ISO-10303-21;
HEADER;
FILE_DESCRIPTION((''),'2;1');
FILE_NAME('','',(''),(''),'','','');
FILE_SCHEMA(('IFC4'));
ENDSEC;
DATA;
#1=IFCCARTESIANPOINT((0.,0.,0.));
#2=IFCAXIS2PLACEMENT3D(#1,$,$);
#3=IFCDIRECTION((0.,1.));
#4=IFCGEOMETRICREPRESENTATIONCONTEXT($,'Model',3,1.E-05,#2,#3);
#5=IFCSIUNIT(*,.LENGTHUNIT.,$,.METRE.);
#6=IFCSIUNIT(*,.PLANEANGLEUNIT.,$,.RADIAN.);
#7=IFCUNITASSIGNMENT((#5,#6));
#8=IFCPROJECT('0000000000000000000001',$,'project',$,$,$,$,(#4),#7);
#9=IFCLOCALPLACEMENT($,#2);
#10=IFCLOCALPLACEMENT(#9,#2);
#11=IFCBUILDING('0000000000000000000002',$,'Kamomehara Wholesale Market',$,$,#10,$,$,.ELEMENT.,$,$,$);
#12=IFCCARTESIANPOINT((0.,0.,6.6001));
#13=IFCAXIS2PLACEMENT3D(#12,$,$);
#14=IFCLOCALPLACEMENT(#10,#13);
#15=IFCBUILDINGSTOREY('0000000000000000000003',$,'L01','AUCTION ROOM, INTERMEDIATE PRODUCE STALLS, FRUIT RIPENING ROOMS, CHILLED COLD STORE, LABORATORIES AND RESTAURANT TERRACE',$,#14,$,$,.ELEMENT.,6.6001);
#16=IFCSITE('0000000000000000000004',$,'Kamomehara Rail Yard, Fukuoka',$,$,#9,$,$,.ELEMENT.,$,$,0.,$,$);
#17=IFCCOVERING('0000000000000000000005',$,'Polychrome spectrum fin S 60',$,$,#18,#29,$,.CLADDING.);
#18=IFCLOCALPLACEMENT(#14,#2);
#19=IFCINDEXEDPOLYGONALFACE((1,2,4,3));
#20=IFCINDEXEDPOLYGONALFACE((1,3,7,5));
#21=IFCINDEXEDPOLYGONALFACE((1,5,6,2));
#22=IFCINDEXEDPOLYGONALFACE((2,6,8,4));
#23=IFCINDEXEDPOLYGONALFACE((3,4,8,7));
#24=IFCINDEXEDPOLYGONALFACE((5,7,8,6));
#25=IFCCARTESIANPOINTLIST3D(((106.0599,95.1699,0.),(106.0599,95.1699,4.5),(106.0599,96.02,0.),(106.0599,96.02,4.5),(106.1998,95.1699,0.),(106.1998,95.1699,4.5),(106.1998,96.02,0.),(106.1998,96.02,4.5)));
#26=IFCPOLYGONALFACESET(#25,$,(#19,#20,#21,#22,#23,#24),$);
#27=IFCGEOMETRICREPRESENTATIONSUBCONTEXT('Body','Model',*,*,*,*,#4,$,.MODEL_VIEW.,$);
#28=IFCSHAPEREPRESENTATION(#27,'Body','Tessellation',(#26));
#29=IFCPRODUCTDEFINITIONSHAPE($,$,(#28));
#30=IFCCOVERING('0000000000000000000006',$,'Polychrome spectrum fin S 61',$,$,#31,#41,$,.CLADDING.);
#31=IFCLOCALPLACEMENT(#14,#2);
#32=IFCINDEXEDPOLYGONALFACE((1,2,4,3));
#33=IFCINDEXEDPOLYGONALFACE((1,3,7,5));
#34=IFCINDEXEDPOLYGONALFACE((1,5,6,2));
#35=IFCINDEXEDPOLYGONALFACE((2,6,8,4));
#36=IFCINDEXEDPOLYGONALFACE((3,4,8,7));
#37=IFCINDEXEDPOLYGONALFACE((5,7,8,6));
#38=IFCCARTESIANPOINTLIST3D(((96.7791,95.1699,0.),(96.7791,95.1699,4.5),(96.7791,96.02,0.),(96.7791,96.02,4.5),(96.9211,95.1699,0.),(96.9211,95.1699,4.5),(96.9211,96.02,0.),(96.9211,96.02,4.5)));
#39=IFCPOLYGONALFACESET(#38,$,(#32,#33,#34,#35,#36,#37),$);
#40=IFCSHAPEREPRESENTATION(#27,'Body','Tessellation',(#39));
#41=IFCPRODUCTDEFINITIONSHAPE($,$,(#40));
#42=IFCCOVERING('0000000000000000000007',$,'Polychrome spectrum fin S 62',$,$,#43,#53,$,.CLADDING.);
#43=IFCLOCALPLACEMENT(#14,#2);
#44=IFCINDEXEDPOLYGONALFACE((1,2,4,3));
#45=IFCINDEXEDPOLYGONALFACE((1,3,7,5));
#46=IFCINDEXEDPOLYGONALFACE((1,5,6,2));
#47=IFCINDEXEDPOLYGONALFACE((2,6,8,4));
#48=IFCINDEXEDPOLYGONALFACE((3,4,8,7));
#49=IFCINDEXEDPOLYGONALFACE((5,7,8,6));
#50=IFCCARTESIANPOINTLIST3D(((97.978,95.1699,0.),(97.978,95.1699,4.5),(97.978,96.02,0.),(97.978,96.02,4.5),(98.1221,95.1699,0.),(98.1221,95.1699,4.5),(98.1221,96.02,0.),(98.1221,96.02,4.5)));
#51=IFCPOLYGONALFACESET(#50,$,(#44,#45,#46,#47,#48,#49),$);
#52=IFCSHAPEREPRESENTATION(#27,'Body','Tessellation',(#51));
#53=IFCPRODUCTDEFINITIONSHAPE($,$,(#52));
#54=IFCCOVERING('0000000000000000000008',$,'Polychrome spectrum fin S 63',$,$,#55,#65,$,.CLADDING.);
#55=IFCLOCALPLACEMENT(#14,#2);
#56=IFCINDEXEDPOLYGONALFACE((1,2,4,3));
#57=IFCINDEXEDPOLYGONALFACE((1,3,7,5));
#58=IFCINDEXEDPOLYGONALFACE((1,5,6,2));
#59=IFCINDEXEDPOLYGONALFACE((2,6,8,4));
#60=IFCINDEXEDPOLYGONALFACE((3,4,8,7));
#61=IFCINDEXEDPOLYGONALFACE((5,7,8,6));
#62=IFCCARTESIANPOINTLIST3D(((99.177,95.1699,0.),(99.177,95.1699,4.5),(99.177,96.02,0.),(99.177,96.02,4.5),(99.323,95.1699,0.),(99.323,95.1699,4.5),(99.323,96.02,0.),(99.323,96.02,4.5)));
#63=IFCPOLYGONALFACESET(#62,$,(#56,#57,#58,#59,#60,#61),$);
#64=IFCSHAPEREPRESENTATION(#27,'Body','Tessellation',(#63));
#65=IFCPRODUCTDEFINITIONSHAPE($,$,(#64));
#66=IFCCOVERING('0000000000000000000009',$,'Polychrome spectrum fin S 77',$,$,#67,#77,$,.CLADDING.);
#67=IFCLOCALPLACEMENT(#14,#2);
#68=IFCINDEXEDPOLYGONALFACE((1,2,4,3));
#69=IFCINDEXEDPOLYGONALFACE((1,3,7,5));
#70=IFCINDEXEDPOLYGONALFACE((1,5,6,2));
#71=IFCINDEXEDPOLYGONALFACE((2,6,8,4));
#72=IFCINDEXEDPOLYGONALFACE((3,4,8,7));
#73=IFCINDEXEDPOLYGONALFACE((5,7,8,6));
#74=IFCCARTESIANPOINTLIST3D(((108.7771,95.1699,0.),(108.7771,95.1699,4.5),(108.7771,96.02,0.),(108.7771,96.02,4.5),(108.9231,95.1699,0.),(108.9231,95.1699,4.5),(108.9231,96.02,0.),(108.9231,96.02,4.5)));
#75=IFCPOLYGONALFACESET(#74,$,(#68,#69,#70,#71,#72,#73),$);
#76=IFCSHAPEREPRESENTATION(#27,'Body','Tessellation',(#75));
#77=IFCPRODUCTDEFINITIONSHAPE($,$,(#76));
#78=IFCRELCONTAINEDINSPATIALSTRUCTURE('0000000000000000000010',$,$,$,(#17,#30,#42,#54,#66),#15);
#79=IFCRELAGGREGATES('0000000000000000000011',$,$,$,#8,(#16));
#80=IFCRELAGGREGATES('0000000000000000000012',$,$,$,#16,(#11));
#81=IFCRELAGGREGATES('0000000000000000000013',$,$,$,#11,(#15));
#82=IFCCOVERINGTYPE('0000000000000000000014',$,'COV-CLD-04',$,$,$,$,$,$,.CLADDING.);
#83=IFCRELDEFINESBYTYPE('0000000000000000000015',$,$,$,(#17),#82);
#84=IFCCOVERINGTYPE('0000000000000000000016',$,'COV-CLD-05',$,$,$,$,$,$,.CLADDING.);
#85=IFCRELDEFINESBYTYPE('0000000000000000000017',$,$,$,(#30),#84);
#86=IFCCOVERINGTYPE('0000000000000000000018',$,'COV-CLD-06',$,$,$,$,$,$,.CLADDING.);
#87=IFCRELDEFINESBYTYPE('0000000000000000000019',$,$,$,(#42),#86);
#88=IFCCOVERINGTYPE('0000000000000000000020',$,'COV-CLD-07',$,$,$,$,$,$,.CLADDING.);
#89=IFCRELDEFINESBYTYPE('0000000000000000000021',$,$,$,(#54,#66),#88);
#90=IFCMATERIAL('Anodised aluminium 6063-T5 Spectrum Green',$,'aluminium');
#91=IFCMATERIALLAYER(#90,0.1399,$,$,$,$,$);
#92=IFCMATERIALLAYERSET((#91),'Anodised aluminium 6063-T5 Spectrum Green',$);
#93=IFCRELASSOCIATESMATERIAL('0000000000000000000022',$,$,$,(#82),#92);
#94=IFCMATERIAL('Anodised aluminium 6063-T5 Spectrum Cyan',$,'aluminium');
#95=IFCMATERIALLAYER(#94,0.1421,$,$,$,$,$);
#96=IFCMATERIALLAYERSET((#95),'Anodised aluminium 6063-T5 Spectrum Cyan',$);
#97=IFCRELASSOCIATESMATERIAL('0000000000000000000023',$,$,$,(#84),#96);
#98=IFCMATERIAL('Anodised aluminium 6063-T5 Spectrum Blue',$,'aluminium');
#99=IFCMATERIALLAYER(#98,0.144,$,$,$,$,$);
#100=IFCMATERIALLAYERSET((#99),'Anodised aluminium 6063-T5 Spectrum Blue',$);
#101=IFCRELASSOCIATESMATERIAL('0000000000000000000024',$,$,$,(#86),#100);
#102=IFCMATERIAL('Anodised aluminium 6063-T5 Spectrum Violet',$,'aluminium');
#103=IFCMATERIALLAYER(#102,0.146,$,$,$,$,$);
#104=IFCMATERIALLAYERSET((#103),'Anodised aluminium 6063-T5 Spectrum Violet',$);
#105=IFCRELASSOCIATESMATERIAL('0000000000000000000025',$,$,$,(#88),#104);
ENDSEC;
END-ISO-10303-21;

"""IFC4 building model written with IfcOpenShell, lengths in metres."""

from ifc_helpers import new_model, si_unit, direction, frame, origin, origin_2d, place, context, subcontext, project, spatial, rectangle, extrude, material, layer, layer_set, type_object, element, save


model = new_model("IFC4")

# Units and contexts
model_context = context("Model", 3, precision=1e-05, world=origin(), true_north=direction((0.0, 1.0)))
body_context = subcontext(model_context, "Body", "Model", "MODEL_VIEW")
ifc_project = project(units=[si_unit("LENGTHUNIT", "METRE"), si_unit("PLANEANGLEUNIT", "RADIAN")], contexts=[model_context])

# Site, building, storey
site_placement = place(None, origin())
site = spatial("IfcSite", under=ifc_project, at=site_placement, Name="Kamomehara Rail Yard, Fukuoka", CompositionType="ELEMENT", RefElevation=0.0)
building_placement = place(site_placement, origin())
building = spatial("IfcBuilding", under=site, at=building_placement, Name="Kamomehara Wholesale Market", CompositionType="ELEMENT")
storey_placement = place(building_placement, frame((0.0, 0.0, 6.6001)))
storey = spatial("IfcBuildingStorey", under=building, at=storey_placement, Name="L01", Description="AUCTION ROOM, INTERMEDIATE PRODUCE STALLS, FRUIT RIPENING ROOMS, CHILLED COLD STORE, LABORATORIES AND RESTAURANT TERRACE", CompositionType="ELEMENT", Elevation=6.6001)

# Coverings
ifc_material_1 = material(Name="Anodised aluminium 6063-T5 Spectrum Green", Category="aluminium")
ifc_layer_1 = layer(ifc_material_1, 0.1399)
ifc_layer_set_1 = layer_set([ifc_layer_1], Name="Anodised aluminium 6063-T5 Spectrum Green")
covering_type_1 = type_object("IfcCoveringType", Name="COV-CLD-04", PredefinedType="CLADDING", material=ifc_layer_set_1)
covering_1_placement = place(storey_placement, frame((106.1299, 95.595, 0.0), z_axis=(0.0, 0.0, 1.0), x_axis=(1.0, 0.0, 0.0)))
element("IfcCovering", 1, at=covering_1_placement, inside=storey, type_object=covering_type_1, Name="Polychrome spectrum fin S 60", PredefinedType="CLADDING", context=body_context, shape_type="SweptSolid", body=[
    extrude(rectangle(XDim=0.1399, YDim=0.8501, at=origin_2d()), origin(), (0.0, 0.0, 1.0), 4.5),
])
ifc_material_2 = material(Name="Anodised aluminium 6063-T5 Spectrum Cyan", Category="aluminium")
ifc_layer_2 = layer(ifc_material_2, 0.1421)
ifc_layer_set_2 = layer_set([ifc_layer_2], Name="Anodised aluminium 6063-T5 Spectrum Cyan")
covering_type_2 = type_object("IfcCoveringType", Name="COV-CLD-05", PredefinedType="CLADDING", material=ifc_layer_set_2)
covering_2_placement = place(storey_placement, frame((96.8501, 95.595, 0.0), z_axis=(0.0, 0.0, 1.0), x_axis=(1.0, 0.0, 0.0)))
element("IfcCovering", 2, at=covering_2_placement, inside=storey, type_object=covering_type_2, Name="Polychrome spectrum fin S 61", PredefinedType="CLADDING", context=body_context, shape_type="SweptSolid", body=[
    extrude(rectangle(XDim=0.1421, YDim=0.8501, at=origin_2d()), origin(), (0.0, 0.0, 1.0), 4.5),
])
ifc_material_3 = material(Name="Anodised aluminium 6063-T5 Spectrum Blue", Category="aluminium")
ifc_layer_3 = layer(ifc_material_3, 0.144)
ifc_layer_set_3 = layer_set([ifc_layer_3], Name="Anodised aluminium 6063-T5 Spectrum Blue")
covering_type_3 = type_object("IfcCoveringType", Name="COV-CLD-06", PredefinedType="CLADDING", material=ifc_layer_set_3)
covering_3_placement = place(storey_placement, frame((98.05, 95.595, 0.0), z_axis=(0.0, 0.0, 1.0), x_axis=(1.0, 0.0, 0.0)))
element("IfcCovering", 3, at=covering_3_placement, inside=storey, type_object=covering_type_3, Name="Polychrome spectrum fin S 62", PredefinedType="CLADDING", context=body_context, shape_type="SweptSolid", body=[
    extrude(rectangle(XDim=0.144, YDim=0.8501, at=origin_2d()), origin(), (0.0, 0.0, 1.0), 4.5),
])
ifc_material_4 = material(Name="Anodised aluminium 6063-T5 Spectrum Violet", Category="aluminium")
ifc_layer_4 = layer(ifc_material_4, 0.146)
ifc_layer_set_4 = layer_set([ifc_layer_4], Name="Anodised aluminium 6063-T5 Spectrum Violet")
covering_type_4 = type_object("IfcCoveringType", Name="COV-CLD-07", PredefinedType="CLADDING", material=ifc_layer_set_4)
for number, where, z_axis, x_axis, name in (
    (4, (99.25, 95.595, 0.0), (0.0, 0.0, 1.0), (1.0, 0.0, 0.0), "Polychrome spectrum fin S 63"),
    (5, (108.8501, 95.595, 0.0), (0.0, 0.0, 1.0), (1.0, 0.0, 0.0), "Polychrome spectrum fin S 77"),
):
    element("IfcCovering", number, at=place(storey_placement, frame(where, z_axis=z_axis, x_axis=x_axis)), inside=storey, type_object=covering_type_4, Name=name, PredefinedType="CLADDING", context=body_context, shape_type="SweptSolid", body=[
        extrude(rectangle(XDim=0.146, YDim=0.8501, at=origin_2d()), origin(), (0.0, 0.0, 1.0), 4.5),
    ])

save(model, "model.ifc")
